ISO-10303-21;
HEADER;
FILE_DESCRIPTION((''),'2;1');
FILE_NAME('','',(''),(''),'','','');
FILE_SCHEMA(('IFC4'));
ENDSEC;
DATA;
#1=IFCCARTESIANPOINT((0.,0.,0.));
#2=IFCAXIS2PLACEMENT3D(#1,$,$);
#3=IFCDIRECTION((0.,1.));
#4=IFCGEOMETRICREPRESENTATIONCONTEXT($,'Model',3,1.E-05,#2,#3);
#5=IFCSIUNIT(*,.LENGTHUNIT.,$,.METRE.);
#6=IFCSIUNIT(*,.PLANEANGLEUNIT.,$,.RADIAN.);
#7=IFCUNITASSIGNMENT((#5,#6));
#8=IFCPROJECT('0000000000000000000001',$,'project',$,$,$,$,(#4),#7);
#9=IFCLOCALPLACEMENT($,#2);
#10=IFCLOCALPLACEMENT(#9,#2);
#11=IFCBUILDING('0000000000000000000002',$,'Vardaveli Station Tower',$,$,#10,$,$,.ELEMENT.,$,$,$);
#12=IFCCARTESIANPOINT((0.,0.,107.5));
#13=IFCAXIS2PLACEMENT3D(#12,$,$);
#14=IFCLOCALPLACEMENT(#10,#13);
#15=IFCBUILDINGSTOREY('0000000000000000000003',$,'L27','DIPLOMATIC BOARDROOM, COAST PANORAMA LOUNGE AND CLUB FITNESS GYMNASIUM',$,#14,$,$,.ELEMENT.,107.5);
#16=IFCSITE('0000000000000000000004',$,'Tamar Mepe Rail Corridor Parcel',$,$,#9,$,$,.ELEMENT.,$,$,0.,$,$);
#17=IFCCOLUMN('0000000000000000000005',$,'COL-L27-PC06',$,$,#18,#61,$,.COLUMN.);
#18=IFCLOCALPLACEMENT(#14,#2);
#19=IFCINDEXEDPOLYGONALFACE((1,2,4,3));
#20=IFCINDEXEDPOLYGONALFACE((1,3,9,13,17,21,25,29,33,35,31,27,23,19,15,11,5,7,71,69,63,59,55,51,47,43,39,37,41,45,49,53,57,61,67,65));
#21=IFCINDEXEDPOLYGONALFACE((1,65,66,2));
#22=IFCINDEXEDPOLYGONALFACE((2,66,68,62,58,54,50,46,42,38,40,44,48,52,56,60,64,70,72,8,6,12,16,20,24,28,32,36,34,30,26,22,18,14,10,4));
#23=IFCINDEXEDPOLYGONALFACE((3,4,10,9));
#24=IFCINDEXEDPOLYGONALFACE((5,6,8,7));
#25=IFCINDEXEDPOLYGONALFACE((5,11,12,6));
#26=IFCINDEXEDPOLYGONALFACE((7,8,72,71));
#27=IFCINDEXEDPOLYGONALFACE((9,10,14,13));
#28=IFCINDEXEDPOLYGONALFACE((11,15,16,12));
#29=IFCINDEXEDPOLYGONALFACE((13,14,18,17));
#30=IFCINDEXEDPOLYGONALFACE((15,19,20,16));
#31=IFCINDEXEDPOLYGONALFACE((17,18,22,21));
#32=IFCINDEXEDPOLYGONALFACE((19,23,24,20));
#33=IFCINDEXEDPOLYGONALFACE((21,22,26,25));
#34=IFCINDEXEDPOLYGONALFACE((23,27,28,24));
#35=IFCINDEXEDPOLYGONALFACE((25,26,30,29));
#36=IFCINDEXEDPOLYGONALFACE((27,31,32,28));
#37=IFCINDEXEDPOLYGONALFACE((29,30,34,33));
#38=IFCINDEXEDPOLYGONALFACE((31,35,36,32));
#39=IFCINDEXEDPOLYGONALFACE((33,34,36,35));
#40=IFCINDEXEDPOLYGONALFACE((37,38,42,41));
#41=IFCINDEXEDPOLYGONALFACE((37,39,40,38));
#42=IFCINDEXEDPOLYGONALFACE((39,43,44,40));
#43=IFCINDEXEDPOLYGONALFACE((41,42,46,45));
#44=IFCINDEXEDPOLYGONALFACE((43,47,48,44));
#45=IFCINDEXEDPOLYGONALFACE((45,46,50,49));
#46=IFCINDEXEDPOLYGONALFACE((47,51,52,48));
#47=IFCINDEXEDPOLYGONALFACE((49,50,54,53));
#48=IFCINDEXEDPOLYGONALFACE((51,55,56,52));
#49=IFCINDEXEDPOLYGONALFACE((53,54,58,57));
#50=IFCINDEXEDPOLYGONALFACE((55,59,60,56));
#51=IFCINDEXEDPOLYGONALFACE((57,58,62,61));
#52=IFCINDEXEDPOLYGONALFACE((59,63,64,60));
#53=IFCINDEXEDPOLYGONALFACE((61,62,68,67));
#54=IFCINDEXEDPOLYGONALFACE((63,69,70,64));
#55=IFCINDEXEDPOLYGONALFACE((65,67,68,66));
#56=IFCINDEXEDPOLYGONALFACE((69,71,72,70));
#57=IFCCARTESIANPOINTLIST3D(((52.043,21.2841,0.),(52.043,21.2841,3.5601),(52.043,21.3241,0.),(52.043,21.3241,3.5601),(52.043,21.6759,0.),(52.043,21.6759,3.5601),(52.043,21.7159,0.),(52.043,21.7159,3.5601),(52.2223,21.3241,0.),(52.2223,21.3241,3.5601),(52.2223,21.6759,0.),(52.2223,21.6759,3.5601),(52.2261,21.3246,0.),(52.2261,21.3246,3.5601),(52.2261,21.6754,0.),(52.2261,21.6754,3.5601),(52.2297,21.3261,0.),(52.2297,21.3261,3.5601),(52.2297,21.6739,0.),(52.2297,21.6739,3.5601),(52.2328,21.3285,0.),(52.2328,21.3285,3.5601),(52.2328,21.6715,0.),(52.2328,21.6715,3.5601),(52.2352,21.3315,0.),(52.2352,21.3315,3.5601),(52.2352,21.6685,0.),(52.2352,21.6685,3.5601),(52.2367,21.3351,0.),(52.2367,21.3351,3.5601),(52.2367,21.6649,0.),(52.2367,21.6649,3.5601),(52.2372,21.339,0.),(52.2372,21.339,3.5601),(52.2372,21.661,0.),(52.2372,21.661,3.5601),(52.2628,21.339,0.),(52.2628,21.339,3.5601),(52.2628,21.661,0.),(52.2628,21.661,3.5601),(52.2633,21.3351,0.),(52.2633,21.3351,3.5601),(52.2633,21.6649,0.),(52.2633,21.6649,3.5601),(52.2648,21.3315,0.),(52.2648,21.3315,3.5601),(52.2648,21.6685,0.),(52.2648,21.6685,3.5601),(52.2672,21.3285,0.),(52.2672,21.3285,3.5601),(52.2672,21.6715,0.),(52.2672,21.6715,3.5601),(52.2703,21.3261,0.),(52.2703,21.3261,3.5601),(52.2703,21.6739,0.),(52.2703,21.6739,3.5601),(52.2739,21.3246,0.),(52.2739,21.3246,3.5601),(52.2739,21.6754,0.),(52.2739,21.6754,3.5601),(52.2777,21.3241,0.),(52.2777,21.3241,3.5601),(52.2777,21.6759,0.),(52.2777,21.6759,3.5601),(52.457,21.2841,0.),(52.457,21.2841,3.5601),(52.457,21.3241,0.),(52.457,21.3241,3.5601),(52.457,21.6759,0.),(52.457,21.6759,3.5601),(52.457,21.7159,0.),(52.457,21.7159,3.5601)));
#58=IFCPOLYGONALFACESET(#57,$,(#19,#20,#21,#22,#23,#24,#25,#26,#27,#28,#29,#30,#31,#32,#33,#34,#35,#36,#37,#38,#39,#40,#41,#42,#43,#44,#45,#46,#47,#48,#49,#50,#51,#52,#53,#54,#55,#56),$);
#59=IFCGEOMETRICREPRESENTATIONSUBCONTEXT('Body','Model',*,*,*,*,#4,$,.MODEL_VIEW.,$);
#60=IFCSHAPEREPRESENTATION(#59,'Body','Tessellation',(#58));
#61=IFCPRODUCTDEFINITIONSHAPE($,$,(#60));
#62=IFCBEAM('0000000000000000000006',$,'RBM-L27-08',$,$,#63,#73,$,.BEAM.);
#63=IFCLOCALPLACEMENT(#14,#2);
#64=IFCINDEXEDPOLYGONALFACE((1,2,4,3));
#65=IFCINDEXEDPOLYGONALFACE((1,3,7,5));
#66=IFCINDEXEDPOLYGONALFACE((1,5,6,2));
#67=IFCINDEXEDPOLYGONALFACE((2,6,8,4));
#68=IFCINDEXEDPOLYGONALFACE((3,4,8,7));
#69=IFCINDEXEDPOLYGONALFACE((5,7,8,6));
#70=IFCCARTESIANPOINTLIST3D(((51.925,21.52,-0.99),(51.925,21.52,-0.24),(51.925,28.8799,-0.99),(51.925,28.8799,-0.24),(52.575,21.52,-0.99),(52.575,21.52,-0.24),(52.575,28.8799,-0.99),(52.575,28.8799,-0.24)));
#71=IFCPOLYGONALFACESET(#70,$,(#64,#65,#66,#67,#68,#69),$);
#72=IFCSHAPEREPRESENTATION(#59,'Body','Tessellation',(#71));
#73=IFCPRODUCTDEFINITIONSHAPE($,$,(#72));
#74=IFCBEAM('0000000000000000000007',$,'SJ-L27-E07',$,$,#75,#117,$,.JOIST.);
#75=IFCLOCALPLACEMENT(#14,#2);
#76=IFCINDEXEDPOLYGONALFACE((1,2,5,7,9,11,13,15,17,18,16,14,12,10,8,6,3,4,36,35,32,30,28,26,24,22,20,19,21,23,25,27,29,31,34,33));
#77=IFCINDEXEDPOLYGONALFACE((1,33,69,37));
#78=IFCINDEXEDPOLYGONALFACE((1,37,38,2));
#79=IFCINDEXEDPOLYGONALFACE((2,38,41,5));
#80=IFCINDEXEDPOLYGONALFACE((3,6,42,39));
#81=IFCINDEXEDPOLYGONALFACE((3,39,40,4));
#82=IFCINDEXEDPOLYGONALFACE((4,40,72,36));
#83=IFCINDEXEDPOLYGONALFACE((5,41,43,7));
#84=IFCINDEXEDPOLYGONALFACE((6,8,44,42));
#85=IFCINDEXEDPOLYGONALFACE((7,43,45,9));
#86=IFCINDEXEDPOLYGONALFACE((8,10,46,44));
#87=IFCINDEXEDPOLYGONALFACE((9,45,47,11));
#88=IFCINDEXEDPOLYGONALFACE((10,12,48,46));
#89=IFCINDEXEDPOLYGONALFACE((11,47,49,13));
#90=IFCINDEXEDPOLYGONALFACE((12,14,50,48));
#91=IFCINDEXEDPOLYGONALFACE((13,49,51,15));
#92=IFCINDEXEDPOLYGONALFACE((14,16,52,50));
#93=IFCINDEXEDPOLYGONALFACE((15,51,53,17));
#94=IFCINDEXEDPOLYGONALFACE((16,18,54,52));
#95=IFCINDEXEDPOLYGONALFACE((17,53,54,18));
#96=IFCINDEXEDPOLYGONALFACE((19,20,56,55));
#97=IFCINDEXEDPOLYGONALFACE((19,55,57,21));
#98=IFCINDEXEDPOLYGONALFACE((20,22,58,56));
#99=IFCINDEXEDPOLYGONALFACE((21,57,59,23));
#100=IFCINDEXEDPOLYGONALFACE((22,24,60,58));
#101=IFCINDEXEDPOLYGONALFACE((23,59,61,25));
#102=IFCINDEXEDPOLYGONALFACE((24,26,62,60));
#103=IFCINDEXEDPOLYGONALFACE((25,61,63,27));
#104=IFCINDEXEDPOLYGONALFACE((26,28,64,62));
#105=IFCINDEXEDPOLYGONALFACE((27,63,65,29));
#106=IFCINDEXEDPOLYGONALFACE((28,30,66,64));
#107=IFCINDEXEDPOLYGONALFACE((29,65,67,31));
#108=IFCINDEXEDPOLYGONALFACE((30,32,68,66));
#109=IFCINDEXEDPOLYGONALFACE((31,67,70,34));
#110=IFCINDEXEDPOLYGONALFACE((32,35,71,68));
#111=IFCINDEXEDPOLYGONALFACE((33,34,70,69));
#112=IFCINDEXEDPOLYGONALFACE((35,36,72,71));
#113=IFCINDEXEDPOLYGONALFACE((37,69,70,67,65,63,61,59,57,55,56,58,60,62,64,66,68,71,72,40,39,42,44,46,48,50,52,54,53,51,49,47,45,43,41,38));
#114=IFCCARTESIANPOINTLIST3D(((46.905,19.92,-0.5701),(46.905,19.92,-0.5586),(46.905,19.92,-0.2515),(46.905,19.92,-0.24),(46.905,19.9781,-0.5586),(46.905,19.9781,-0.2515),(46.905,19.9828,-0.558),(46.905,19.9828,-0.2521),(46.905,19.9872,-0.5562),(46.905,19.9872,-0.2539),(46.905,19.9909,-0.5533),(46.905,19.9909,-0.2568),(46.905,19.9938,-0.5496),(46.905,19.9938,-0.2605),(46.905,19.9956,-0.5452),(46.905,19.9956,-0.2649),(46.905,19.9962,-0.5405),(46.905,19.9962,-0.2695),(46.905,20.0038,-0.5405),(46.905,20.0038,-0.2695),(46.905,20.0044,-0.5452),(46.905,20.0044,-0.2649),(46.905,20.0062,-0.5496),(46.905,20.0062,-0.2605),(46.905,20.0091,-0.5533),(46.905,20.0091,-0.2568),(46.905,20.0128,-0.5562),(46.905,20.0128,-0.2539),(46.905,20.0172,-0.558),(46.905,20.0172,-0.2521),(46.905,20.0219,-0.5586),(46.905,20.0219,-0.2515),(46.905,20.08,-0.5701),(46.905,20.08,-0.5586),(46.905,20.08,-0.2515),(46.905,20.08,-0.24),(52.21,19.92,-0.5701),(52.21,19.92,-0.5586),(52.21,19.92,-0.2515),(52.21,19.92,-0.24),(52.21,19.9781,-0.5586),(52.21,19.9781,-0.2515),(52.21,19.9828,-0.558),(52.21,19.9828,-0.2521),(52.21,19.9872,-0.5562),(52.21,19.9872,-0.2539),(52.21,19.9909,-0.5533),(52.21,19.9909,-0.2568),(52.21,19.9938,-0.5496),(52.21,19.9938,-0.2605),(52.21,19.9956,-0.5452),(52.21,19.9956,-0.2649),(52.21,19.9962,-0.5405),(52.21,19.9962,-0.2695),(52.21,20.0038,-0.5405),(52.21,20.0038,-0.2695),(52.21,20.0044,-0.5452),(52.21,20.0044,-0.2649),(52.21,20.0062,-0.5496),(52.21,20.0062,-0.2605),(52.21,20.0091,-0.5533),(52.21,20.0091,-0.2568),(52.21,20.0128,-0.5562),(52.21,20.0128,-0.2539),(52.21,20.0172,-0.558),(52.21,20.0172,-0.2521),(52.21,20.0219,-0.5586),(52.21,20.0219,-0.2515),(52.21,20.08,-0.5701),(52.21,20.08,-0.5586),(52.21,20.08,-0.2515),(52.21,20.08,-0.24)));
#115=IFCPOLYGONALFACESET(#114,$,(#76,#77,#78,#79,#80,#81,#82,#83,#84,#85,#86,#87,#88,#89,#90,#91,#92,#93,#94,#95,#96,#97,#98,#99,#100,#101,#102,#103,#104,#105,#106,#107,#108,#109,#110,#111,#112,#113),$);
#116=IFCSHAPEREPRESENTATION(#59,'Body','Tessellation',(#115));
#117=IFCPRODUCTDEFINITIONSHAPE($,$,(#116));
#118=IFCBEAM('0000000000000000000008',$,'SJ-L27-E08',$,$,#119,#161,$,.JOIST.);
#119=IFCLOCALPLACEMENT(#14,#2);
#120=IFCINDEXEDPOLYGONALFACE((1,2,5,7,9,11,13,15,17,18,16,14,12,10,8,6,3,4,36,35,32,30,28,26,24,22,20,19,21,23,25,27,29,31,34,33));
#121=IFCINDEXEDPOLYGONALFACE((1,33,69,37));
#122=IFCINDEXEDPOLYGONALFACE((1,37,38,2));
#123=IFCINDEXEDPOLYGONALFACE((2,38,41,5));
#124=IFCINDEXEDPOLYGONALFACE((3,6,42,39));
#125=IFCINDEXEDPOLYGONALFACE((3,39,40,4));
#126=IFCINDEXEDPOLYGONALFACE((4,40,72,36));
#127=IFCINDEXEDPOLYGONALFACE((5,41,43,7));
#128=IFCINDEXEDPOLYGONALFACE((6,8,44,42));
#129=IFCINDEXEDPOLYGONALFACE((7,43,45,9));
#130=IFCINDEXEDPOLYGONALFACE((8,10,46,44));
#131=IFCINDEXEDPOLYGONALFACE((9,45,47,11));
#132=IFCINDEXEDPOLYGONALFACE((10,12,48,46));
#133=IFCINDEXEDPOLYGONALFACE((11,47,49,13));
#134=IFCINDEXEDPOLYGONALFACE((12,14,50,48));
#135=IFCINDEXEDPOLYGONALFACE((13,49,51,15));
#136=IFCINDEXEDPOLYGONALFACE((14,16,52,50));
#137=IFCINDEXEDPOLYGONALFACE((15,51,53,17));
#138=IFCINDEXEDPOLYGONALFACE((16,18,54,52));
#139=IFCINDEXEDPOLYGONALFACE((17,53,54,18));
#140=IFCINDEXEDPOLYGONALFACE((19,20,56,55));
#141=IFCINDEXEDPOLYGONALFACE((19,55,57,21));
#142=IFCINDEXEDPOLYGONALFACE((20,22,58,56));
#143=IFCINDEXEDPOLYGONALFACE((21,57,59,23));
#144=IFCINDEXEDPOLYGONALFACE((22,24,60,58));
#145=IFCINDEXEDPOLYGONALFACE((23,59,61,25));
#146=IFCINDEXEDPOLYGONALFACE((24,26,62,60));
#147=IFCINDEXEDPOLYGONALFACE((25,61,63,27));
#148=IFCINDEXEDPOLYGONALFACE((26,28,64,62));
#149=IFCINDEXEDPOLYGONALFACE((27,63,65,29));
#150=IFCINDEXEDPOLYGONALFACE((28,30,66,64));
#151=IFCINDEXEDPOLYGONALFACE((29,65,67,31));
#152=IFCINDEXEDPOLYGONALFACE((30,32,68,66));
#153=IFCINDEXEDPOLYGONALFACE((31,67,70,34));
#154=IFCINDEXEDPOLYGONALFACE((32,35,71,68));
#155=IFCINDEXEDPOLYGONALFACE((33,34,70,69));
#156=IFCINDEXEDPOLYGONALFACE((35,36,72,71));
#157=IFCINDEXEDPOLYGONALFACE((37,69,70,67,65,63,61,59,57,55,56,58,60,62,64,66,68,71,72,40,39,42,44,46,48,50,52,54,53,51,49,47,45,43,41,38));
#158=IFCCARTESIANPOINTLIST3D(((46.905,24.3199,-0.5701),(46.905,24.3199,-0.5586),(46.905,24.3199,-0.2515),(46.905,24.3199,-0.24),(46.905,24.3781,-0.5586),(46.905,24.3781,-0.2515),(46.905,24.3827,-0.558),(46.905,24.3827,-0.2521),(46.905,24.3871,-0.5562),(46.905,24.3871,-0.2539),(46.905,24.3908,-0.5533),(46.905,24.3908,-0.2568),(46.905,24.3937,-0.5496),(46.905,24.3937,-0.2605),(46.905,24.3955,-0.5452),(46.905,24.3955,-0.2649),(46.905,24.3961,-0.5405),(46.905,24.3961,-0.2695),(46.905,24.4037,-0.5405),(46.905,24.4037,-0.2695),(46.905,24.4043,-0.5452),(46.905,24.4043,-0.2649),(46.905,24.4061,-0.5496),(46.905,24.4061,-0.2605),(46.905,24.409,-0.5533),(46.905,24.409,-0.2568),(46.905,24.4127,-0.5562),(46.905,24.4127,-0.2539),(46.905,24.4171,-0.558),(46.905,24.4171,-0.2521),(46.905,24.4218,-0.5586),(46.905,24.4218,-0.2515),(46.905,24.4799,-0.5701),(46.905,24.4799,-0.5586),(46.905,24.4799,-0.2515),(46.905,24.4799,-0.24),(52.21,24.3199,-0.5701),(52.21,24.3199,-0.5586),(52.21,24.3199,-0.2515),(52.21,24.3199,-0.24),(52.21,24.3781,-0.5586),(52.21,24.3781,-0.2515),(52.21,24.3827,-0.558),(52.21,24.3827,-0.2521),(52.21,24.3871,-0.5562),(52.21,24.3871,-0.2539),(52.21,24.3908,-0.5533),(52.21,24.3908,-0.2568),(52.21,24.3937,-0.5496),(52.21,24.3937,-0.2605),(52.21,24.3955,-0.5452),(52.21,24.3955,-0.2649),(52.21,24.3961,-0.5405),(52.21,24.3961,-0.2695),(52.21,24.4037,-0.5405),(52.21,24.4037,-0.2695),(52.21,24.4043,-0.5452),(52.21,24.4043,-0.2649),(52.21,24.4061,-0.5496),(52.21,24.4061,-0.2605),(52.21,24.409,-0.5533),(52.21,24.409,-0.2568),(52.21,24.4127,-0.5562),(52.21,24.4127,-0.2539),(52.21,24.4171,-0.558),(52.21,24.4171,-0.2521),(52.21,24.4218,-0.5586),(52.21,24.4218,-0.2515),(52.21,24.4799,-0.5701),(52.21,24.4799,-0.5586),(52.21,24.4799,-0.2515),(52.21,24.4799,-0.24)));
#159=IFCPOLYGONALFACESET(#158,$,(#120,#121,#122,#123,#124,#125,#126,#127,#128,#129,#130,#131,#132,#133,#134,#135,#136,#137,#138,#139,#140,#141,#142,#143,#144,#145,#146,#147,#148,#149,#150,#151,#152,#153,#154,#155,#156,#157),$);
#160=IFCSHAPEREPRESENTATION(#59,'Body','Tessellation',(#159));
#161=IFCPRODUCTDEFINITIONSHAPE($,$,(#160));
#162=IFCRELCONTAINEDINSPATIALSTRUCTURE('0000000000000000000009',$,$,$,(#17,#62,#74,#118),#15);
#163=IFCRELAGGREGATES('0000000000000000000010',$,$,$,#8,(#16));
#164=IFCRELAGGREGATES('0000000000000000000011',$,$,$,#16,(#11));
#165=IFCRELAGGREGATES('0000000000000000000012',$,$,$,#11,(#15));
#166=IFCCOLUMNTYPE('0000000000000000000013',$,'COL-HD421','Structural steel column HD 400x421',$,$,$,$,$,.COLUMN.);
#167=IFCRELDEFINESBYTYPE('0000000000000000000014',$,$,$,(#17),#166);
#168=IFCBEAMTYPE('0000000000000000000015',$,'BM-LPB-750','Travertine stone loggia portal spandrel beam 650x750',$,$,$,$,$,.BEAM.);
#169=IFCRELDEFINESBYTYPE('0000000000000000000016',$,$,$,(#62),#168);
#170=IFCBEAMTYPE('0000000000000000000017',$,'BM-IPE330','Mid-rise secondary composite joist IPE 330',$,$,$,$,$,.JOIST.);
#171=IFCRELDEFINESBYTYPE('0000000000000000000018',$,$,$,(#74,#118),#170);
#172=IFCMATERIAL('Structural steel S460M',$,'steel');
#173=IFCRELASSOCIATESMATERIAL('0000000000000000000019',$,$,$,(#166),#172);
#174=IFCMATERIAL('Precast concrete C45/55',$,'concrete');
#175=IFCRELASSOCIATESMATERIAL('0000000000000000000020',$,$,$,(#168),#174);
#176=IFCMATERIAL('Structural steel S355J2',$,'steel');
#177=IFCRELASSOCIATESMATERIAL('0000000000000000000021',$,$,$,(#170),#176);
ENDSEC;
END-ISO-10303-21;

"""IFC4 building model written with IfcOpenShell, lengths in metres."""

from ifc_helpers import new_model, si_unit, direction, frame, origin, origin_2d, place, context, subcontext, project, spatial, rectangle, i_section, extrude, source, transform, mapped, material, material_profile, profile_set, type_object, element, save


model = new_model("IFC4")

# Units and contexts
model_context = context("Model", 3, precision=1e-05, world=origin(), true_north=direction((0.0, 1.0)))
body_context = subcontext(model_context, "Body", "Model", "MODEL_VIEW")
ifc_project = project(units=[si_unit("LENGTHUNIT", "METRE"), si_unit("PLANEANGLEUNIT", "RADIAN")], contexts=[model_context])

# Site, building, storey
site_placement = place(None, origin())
site = spatial("IfcSite", under=ifc_project, at=site_placement, Name="Tamar Mepe Rail Corridor Parcel", CompositionType="ELEMENT", RefElevation=0.0)
building_placement = place(site_placement, origin())
building = spatial("IfcBuilding", under=site, at=building_placement, Name="Vardaveli Station Tower", CompositionType="ELEMENT")
storey_placement = place(building_placement, frame((0.0, 0.0, 107.5)))
storey = spatial("IfcBuildingStorey", under=building, at=storey_placement, Name="L27", Description="DIPLOMATIC BOARDROOM, COAST PANORAMA LOUNGE AND CLUB FITNESS GYMNASIUM", CompositionType="ELEMENT", Elevation=107.5)

# Column
ifc_material_1 = material(Name="Structural steel S460M", Category="steel")
ifc_material_profile_1 = material_profile(ifc_material_1, i_section(OverallWidth=0.4141, OverallDepth=0.4319, WebThickness=0.0256, FlangeThickness=0.04, FilletRadius=0.0149, at=origin_2d()), Name="HD 400x421")
ifc_profile_set_1 = profile_set([ifc_material_profile_1], Name="Structural steel S460M")
column_type = type_object("IfcColumnType", Name="COL-HD421", Description="Structural steel column HD 400x421", PredefinedType="COLUMN", material=ifc_profile_set_1)
shared_shape_1 = source(origin(), body_context, "Body", "SweptSolid", [
    extrude(i_section(OverallWidth=0.4141, OverallDepth=0.4319, WebThickness=0.0256, FlangeThickness=0.04, FilletRadius=0.0149, at=origin_2d()), origin(), (0.0, 0.0, 1.0), 3.5601),
])
column_placement = place(storey_placement, frame((52.25, 21.5, 0.0), z_axis=(0.0, 0.0, 1.0), x_axis=(1.0, 0.0, 0.0)))
element("IfcColumn", 1, at=column_placement, inside=storey, type_object=column_type, Name="COL-L27-PC06", PredefinedType="COLUMN", context=body_context, shape_type="MappedRepresentation", body=[
    mapped(shared_shape_1, transform((0.0, 0.0, 0.0), scale=1.0)),
])

# Beams
ifc_material_2 = material(Name="Precast concrete C45/55", Category="concrete")
ifc_material_profile_2 = material_profile(ifc_material_2, rectangle(XDim=0.6499, YDim=0.75, at=origin_2d()), Name="LPB 650x750")
ifc_profile_set_2 = profile_set([ifc_material_profile_2], Name="Precast concrete C45/55")
beam_type_1 = type_object("IfcBeamType", Name="BM-LPB-750", Description="Travertine stone loggia portal spandrel beam 650x750", PredefinedType="BEAM", material=ifc_profile_set_2)
shared_shape_2 = source(origin(), body_context, "Body", "SweptSolid", [
    extrude(rectangle(XDim=0.6499, YDim=0.75, at=origin_2d()), origin(), (0.0, 0.0, 1.0), 7.3599),
])
beam_1_placement = place(storey_placement, frame((52.25, 21.52, -0.615), z_axis=(0.0, 1.0, 0.0), x_axis=(-1.0, 0.0, 0.0)))
element("IfcBeam", 2, at=beam_1_placement, inside=storey, type_object=beam_type_1, Name="RBM-L27-08", PredefinedType="BEAM", context=body_context, shape_type="MappedRepresentation", body=[
    mapped(shared_shape_2, transform((0.0, 0.0, 0.0), scale=1.0)),
])
ifc_material_3 = material(Name="Structural steel S355J2", Category="steel")
ifc_material_profile_3 = material_profile(ifc_material_3, i_section(OverallWidth=0.1599, OverallDepth=0.3301, WebThickness=0.0076, FlangeThickness=0.0115, FilletRadius=0.0181, at=origin_2d()), Name="IPE 330")
ifc_profile_set_3 = profile_set([ifc_material_profile_3], Name="Structural steel S355J2")
beam_type_2 = type_object("IfcBeamType", Name="BM-IPE330", Description="Mid-rise secondary composite joist IPE 330", PredefinedType="JOIST", material=ifc_profile_set_3)
shared_shape_3 = source(origin(), body_context, "Body", "SweptSolid", [
    extrude(i_section(OverallWidth=0.1599, OverallDepth=0.3301, WebThickness=0.0076, FlangeThickness=0.0115, FilletRadius=0.0181, at=origin_2d()), origin(), (0.0, 0.0, 1.0), 5.3049),
])
for number, where, z_axis, x_axis, name in (
    (3, (46.905, 20.0, -0.405), (1.0, 0.0, 0.0), (0.0, 1.0, 0.0), "SJ-L27-E07"),
    (4, (46.905, 24.3999, -0.405), (1.0, 0.0, 0.0), (0.0, 1.0, 0.0), "SJ-L27-E08"),
):
    element("IfcBeam", number, at=place(storey_placement, frame(where, z_axis=z_axis, x_axis=x_axis)), inside=storey, type_object=beam_type_2, Name=name, PredefinedType="JOIST", context=body_context, shape_type="MappedRepresentation", body=[
        mapped(shared_shape_3, transform((0.0, 0.0, 0.0), scale=1.0)),
    ])

save(model, "model.ifc")
